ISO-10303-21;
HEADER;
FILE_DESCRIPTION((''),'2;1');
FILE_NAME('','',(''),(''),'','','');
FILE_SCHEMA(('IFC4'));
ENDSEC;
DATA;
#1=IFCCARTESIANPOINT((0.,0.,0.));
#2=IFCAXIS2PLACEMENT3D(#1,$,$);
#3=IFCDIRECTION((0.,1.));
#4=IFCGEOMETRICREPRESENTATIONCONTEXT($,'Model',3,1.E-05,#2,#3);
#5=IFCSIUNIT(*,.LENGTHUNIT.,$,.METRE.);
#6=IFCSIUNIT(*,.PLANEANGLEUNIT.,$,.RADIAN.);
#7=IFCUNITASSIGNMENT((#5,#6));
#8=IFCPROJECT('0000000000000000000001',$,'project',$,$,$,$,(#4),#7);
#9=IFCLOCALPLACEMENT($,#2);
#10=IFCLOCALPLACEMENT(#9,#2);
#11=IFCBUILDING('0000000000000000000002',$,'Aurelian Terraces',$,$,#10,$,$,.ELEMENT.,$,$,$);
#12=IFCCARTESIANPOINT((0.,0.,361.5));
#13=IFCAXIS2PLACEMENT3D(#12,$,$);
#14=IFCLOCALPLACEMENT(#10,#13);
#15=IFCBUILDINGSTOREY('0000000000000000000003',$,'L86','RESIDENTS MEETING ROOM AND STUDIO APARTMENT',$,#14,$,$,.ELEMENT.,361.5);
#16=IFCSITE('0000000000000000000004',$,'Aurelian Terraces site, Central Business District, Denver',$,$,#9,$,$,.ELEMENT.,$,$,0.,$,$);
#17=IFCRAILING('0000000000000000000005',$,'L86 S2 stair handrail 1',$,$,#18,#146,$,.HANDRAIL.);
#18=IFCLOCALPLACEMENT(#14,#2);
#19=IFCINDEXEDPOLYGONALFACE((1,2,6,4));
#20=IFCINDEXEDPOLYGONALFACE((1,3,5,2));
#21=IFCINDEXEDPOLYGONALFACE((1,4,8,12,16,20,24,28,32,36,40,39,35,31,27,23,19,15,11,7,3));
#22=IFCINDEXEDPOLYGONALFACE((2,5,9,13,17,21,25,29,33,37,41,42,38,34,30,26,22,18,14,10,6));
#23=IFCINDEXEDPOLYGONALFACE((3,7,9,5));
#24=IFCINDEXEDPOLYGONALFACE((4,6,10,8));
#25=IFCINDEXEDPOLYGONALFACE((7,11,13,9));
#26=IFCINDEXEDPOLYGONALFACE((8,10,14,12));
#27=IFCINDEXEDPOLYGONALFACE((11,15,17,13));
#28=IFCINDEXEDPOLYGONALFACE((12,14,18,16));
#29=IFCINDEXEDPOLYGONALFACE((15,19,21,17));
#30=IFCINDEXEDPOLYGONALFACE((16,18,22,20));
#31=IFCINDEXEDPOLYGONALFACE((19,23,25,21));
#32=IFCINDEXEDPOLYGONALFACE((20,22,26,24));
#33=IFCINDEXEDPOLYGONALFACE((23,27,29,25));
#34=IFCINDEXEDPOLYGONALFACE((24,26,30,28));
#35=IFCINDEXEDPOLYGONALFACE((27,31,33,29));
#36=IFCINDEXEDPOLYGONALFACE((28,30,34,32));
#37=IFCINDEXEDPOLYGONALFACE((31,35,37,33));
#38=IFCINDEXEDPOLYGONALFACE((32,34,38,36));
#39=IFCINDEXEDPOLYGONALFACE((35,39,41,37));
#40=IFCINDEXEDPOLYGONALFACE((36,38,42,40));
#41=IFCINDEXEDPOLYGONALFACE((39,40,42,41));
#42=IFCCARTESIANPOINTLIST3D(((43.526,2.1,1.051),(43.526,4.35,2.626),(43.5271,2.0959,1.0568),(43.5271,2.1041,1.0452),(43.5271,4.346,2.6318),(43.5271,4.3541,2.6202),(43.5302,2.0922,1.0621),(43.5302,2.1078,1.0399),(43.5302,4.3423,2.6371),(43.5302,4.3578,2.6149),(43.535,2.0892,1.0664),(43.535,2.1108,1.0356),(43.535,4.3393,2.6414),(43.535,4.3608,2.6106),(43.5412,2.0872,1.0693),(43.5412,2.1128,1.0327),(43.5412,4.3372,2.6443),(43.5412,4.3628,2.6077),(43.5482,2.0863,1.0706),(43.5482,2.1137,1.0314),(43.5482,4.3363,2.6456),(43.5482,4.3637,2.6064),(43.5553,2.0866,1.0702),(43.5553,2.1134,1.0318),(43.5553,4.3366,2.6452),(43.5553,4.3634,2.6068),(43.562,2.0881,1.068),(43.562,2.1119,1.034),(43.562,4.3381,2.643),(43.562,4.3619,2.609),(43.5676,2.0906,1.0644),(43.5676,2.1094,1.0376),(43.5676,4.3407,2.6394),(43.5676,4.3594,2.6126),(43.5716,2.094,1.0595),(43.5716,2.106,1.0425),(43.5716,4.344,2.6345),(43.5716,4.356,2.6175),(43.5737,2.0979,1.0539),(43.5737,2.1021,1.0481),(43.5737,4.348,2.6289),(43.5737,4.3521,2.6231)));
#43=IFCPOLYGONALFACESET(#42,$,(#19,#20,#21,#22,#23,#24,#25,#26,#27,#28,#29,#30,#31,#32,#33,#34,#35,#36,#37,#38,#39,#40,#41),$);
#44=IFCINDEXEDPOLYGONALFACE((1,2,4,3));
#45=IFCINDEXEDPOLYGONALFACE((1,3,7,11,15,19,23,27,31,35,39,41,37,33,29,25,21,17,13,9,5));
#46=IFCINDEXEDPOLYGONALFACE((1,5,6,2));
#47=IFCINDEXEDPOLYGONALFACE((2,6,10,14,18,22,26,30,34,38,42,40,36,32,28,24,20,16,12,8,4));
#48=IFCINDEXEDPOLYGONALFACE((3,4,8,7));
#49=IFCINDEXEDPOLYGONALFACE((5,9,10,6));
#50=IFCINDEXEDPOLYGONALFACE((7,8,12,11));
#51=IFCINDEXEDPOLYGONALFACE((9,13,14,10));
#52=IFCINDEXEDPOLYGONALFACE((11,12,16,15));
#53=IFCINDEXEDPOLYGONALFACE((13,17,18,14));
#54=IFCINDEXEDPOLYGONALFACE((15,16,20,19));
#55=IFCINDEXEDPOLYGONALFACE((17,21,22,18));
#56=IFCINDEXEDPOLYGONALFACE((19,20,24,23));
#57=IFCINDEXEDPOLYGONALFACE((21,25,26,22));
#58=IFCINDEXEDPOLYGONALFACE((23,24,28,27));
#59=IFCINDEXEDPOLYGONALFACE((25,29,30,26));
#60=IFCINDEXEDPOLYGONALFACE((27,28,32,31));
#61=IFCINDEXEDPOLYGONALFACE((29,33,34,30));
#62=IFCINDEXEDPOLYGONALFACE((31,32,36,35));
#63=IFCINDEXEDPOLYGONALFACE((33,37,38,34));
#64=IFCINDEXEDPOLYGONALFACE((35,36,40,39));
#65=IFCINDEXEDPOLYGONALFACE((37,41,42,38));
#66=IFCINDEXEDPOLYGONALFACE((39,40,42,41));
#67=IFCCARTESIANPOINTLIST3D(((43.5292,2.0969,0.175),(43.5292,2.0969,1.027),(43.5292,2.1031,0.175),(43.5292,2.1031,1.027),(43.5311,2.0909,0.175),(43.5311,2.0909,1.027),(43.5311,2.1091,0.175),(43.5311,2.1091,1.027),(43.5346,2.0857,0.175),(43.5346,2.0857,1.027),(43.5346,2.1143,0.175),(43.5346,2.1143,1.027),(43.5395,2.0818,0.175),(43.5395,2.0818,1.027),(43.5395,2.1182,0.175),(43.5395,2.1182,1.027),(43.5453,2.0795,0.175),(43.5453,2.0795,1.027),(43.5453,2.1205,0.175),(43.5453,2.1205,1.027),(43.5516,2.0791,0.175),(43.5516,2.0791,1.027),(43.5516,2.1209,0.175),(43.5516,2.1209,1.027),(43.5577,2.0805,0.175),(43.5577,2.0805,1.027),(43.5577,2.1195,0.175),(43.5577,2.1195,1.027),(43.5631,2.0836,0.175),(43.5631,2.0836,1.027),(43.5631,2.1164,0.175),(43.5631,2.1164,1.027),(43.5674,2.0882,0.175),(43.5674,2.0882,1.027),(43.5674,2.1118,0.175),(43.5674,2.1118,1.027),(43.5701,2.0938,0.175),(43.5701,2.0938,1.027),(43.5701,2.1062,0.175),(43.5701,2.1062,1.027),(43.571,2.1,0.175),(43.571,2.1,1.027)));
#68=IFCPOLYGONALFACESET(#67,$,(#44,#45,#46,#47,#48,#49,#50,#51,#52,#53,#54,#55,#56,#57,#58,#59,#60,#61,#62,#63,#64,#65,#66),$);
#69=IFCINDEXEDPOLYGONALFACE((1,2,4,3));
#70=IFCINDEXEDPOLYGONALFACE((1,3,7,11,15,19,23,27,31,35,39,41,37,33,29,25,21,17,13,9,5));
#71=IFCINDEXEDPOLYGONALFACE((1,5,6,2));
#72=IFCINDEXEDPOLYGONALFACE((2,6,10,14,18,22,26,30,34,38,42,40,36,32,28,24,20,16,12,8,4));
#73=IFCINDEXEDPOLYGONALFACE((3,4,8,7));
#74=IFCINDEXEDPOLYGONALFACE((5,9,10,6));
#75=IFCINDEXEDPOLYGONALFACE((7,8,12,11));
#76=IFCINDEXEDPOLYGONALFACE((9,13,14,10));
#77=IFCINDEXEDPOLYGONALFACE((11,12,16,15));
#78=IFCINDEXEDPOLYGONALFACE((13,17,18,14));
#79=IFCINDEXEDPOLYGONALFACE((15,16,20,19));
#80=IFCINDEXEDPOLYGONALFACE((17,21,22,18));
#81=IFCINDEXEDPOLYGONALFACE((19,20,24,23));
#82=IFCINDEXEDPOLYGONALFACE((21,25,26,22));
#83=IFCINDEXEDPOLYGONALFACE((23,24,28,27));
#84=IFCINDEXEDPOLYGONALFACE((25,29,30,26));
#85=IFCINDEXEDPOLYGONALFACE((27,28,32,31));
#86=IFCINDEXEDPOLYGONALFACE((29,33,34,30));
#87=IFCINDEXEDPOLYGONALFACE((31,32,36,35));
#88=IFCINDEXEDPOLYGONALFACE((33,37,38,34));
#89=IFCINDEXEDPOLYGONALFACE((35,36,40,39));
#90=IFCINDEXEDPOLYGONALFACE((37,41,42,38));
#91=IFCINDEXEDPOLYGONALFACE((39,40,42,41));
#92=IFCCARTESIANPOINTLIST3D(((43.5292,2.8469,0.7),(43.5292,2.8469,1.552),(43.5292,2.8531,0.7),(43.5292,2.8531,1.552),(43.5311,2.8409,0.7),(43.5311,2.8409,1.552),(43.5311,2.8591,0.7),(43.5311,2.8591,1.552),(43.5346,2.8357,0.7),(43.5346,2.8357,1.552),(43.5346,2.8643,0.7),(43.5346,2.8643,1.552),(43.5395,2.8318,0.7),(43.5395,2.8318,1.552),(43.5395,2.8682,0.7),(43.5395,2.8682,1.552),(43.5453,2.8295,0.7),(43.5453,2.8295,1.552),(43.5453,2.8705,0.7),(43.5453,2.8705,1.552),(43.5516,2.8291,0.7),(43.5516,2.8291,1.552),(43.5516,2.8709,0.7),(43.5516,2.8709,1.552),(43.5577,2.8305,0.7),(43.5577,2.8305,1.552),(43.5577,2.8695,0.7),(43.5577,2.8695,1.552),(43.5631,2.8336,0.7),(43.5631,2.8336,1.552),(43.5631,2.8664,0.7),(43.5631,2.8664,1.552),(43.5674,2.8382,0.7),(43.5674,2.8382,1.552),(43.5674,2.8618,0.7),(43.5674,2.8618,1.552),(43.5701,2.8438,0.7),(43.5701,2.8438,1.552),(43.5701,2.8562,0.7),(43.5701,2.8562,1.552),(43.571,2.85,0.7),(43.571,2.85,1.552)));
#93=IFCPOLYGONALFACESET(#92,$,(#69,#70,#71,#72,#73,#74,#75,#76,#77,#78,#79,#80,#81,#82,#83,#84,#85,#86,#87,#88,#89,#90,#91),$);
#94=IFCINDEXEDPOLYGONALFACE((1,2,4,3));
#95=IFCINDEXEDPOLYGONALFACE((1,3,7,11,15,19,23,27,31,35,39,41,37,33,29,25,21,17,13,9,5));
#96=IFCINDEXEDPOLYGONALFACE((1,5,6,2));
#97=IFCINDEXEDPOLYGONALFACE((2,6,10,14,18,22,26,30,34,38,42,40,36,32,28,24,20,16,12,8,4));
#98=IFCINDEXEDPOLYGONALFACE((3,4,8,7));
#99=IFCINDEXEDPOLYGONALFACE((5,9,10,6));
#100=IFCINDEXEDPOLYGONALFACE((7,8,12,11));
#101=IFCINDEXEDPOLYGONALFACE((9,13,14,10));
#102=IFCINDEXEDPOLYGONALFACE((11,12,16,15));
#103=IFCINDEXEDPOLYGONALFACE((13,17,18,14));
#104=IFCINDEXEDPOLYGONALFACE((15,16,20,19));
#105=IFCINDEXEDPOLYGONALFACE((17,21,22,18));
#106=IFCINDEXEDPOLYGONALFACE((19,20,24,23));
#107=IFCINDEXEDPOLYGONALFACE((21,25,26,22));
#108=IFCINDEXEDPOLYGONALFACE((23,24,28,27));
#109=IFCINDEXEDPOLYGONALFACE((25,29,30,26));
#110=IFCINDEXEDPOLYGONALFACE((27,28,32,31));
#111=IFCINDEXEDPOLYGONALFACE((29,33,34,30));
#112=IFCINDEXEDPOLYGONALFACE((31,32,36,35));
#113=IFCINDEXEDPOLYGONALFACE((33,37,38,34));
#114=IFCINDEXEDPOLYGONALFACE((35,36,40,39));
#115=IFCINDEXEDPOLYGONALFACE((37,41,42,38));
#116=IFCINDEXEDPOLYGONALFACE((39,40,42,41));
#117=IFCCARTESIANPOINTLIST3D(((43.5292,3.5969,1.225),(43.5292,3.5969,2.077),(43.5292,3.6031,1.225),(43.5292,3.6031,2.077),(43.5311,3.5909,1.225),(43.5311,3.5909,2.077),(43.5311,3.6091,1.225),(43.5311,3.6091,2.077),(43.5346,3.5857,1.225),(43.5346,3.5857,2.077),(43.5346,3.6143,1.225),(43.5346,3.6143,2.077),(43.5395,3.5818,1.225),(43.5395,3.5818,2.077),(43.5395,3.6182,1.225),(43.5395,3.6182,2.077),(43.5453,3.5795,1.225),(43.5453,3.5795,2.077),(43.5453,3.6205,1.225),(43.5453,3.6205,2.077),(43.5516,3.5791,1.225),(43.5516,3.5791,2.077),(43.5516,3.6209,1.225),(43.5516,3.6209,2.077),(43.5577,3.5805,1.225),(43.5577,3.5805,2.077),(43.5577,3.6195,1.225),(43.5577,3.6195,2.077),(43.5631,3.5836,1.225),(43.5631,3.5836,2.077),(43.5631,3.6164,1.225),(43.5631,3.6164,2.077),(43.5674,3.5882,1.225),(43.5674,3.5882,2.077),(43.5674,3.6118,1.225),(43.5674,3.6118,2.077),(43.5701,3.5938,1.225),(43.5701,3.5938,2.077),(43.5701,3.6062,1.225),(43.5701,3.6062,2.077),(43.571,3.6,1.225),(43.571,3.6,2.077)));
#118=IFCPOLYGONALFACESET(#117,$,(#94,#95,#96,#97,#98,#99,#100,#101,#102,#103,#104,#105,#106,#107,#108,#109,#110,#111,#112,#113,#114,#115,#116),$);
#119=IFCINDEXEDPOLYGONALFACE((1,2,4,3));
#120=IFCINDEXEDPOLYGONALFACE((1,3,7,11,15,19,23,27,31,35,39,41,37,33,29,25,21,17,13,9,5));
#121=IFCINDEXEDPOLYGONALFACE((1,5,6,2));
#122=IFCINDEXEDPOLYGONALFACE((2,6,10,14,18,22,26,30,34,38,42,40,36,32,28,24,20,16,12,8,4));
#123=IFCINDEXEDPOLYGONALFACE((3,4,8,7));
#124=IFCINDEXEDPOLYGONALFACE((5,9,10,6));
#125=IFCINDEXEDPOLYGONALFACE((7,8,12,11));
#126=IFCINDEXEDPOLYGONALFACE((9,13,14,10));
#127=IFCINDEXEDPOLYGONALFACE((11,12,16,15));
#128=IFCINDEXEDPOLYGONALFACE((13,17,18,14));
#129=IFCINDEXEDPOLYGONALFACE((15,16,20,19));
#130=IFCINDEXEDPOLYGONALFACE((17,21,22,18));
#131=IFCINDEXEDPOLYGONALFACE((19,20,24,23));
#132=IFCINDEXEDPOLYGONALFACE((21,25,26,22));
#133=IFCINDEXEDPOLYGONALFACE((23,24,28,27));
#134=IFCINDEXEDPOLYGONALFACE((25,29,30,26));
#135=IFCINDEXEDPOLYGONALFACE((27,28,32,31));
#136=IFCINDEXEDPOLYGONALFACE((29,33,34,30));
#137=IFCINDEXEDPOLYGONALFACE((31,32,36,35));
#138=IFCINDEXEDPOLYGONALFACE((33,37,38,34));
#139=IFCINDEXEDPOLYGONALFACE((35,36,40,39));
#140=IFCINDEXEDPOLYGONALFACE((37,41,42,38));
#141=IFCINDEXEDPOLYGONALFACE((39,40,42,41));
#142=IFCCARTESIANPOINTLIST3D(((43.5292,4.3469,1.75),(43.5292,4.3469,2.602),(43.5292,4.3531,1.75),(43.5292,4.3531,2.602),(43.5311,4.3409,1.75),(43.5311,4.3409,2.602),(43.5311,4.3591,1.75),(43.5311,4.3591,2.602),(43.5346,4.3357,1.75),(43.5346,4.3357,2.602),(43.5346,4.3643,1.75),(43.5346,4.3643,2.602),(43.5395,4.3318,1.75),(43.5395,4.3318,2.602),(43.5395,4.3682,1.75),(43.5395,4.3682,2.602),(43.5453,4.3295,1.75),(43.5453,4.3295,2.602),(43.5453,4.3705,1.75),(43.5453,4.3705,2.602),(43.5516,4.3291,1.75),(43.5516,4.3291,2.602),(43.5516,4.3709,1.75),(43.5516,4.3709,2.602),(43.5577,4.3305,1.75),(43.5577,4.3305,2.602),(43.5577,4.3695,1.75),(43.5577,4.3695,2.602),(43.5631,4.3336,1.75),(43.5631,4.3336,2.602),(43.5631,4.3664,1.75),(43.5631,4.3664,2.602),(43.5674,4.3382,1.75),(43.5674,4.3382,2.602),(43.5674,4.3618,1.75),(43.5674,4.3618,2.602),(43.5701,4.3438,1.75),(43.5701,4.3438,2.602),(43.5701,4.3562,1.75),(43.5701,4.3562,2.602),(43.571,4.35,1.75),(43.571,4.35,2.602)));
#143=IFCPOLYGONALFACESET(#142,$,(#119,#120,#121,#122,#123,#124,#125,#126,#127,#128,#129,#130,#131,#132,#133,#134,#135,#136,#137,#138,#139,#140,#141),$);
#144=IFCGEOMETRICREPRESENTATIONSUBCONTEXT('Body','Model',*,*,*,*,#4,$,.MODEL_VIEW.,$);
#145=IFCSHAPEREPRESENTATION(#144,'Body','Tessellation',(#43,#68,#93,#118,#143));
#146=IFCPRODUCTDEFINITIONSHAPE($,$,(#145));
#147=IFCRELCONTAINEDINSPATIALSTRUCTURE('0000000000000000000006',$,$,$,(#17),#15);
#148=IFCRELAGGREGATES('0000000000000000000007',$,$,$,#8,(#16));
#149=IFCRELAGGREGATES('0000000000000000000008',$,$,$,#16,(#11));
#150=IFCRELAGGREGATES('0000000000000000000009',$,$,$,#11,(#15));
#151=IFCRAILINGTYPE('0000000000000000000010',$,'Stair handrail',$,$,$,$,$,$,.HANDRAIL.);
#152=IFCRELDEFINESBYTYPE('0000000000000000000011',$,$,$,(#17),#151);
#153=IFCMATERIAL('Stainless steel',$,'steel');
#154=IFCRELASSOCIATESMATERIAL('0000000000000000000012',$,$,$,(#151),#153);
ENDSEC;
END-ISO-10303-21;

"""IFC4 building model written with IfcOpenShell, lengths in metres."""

from ifc_helpers import new_model, si_unit, direction, frame, origin, origin_2d, place, context, subcontext, project, spatial, circle, extrude, source, transform, mapped, material, type_object, element, save


model = new_model("IFC4")

# Units and contexts
model_context = context("Model", 3, precision=1e-05, world=origin(), true_north=direction((0.0, 1.0)))
body_context = subcontext(model_context, "Body", "Model", "MODEL_VIEW")
ifc_project = project(units=[si_unit("LENGTHUNIT", "METRE"), si_unit("PLANEANGLEUNIT", "RADIAN")], contexts=[model_context])

# Site, building, storey
site_placement = place(None, origin())
site = spatial("IfcSite", under=ifc_project, at=site_placement, Name="Aurelian Terraces site, Central Business District, Denver", CompositionType="ELEMENT", RefElevation=0.0)
building_placement = place(site_placement, origin())
building = spatial("IfcBuilding", under=site, at=building_placement, Name="Aurelian Terraces", CompositionType="ELEMENT")
storey_placement = place(building_placement, frame((0.0, 0.0, 361.5)))
storey = spatial("IfcBuildingStorey", under=building, at=storey_placement, Name="L86", Description="RESIDENTS MEETING ROOM AND STUDIO APARTMENT", CompositionType="ELEMENT", Elevation=361.5)

# Railing
ifc_material_1 = material(Name="Stainless steel", Category="steel")
railing_type = type_object("IfcRailingType", Name="Stair handrail", PredefinedType="HANDRAIL", material=ifc_material_1)
shared_shape_1 = source(origin(), body_context, "Body", "SweptSolid", [
    extrude(circle(Radius=0.024, at=origin_2d()), frame((0.0, 0.0, 0.876), z_axis=(0.0, 0.819232, 0.573462), x_axis=(-1.0, 0.0, 0.0)), (0.0, 0.0, 1.0), 2.7465),
    extrude(circle(Radius=0.021, at=origin_2d()), origin(), (0.0, 0.0, 1.0), 0.852),
    extrude(circle(Radius=0.021, at=origin_2d()), frame((0.0, 0.75, 0.525)), (0.0, 0.0, 1.0), 0.852),
    extrude(circle(Radius=0.021, at=origin_2d()), frame((0.0, 1.5, 1.05)), (0.0, 0.0, 1.0), 0.852),
    extrude(circle(Radius=0.021, at=origin_2d()), frame((0.0, 2.25, 1.575)), (0.0, 0.0, 1.0), 0.852),
])
railing_placement = place(storey_placement, frame((43.55, 2.1, 0.175)))
element("IfcRailing", 1, at=railing_placement, inside=storey, type_object=railing_type, Name="L86 S2 stair handrail 1", PredefinedType="HANDRAIL", context=body_context, shape_type="MappedRepresentation", body=[
    mapped(shared_shape_1, transform((0.0, 0.0, 0.0), scale=1.0)),
])

save(model, "model.ifc")
